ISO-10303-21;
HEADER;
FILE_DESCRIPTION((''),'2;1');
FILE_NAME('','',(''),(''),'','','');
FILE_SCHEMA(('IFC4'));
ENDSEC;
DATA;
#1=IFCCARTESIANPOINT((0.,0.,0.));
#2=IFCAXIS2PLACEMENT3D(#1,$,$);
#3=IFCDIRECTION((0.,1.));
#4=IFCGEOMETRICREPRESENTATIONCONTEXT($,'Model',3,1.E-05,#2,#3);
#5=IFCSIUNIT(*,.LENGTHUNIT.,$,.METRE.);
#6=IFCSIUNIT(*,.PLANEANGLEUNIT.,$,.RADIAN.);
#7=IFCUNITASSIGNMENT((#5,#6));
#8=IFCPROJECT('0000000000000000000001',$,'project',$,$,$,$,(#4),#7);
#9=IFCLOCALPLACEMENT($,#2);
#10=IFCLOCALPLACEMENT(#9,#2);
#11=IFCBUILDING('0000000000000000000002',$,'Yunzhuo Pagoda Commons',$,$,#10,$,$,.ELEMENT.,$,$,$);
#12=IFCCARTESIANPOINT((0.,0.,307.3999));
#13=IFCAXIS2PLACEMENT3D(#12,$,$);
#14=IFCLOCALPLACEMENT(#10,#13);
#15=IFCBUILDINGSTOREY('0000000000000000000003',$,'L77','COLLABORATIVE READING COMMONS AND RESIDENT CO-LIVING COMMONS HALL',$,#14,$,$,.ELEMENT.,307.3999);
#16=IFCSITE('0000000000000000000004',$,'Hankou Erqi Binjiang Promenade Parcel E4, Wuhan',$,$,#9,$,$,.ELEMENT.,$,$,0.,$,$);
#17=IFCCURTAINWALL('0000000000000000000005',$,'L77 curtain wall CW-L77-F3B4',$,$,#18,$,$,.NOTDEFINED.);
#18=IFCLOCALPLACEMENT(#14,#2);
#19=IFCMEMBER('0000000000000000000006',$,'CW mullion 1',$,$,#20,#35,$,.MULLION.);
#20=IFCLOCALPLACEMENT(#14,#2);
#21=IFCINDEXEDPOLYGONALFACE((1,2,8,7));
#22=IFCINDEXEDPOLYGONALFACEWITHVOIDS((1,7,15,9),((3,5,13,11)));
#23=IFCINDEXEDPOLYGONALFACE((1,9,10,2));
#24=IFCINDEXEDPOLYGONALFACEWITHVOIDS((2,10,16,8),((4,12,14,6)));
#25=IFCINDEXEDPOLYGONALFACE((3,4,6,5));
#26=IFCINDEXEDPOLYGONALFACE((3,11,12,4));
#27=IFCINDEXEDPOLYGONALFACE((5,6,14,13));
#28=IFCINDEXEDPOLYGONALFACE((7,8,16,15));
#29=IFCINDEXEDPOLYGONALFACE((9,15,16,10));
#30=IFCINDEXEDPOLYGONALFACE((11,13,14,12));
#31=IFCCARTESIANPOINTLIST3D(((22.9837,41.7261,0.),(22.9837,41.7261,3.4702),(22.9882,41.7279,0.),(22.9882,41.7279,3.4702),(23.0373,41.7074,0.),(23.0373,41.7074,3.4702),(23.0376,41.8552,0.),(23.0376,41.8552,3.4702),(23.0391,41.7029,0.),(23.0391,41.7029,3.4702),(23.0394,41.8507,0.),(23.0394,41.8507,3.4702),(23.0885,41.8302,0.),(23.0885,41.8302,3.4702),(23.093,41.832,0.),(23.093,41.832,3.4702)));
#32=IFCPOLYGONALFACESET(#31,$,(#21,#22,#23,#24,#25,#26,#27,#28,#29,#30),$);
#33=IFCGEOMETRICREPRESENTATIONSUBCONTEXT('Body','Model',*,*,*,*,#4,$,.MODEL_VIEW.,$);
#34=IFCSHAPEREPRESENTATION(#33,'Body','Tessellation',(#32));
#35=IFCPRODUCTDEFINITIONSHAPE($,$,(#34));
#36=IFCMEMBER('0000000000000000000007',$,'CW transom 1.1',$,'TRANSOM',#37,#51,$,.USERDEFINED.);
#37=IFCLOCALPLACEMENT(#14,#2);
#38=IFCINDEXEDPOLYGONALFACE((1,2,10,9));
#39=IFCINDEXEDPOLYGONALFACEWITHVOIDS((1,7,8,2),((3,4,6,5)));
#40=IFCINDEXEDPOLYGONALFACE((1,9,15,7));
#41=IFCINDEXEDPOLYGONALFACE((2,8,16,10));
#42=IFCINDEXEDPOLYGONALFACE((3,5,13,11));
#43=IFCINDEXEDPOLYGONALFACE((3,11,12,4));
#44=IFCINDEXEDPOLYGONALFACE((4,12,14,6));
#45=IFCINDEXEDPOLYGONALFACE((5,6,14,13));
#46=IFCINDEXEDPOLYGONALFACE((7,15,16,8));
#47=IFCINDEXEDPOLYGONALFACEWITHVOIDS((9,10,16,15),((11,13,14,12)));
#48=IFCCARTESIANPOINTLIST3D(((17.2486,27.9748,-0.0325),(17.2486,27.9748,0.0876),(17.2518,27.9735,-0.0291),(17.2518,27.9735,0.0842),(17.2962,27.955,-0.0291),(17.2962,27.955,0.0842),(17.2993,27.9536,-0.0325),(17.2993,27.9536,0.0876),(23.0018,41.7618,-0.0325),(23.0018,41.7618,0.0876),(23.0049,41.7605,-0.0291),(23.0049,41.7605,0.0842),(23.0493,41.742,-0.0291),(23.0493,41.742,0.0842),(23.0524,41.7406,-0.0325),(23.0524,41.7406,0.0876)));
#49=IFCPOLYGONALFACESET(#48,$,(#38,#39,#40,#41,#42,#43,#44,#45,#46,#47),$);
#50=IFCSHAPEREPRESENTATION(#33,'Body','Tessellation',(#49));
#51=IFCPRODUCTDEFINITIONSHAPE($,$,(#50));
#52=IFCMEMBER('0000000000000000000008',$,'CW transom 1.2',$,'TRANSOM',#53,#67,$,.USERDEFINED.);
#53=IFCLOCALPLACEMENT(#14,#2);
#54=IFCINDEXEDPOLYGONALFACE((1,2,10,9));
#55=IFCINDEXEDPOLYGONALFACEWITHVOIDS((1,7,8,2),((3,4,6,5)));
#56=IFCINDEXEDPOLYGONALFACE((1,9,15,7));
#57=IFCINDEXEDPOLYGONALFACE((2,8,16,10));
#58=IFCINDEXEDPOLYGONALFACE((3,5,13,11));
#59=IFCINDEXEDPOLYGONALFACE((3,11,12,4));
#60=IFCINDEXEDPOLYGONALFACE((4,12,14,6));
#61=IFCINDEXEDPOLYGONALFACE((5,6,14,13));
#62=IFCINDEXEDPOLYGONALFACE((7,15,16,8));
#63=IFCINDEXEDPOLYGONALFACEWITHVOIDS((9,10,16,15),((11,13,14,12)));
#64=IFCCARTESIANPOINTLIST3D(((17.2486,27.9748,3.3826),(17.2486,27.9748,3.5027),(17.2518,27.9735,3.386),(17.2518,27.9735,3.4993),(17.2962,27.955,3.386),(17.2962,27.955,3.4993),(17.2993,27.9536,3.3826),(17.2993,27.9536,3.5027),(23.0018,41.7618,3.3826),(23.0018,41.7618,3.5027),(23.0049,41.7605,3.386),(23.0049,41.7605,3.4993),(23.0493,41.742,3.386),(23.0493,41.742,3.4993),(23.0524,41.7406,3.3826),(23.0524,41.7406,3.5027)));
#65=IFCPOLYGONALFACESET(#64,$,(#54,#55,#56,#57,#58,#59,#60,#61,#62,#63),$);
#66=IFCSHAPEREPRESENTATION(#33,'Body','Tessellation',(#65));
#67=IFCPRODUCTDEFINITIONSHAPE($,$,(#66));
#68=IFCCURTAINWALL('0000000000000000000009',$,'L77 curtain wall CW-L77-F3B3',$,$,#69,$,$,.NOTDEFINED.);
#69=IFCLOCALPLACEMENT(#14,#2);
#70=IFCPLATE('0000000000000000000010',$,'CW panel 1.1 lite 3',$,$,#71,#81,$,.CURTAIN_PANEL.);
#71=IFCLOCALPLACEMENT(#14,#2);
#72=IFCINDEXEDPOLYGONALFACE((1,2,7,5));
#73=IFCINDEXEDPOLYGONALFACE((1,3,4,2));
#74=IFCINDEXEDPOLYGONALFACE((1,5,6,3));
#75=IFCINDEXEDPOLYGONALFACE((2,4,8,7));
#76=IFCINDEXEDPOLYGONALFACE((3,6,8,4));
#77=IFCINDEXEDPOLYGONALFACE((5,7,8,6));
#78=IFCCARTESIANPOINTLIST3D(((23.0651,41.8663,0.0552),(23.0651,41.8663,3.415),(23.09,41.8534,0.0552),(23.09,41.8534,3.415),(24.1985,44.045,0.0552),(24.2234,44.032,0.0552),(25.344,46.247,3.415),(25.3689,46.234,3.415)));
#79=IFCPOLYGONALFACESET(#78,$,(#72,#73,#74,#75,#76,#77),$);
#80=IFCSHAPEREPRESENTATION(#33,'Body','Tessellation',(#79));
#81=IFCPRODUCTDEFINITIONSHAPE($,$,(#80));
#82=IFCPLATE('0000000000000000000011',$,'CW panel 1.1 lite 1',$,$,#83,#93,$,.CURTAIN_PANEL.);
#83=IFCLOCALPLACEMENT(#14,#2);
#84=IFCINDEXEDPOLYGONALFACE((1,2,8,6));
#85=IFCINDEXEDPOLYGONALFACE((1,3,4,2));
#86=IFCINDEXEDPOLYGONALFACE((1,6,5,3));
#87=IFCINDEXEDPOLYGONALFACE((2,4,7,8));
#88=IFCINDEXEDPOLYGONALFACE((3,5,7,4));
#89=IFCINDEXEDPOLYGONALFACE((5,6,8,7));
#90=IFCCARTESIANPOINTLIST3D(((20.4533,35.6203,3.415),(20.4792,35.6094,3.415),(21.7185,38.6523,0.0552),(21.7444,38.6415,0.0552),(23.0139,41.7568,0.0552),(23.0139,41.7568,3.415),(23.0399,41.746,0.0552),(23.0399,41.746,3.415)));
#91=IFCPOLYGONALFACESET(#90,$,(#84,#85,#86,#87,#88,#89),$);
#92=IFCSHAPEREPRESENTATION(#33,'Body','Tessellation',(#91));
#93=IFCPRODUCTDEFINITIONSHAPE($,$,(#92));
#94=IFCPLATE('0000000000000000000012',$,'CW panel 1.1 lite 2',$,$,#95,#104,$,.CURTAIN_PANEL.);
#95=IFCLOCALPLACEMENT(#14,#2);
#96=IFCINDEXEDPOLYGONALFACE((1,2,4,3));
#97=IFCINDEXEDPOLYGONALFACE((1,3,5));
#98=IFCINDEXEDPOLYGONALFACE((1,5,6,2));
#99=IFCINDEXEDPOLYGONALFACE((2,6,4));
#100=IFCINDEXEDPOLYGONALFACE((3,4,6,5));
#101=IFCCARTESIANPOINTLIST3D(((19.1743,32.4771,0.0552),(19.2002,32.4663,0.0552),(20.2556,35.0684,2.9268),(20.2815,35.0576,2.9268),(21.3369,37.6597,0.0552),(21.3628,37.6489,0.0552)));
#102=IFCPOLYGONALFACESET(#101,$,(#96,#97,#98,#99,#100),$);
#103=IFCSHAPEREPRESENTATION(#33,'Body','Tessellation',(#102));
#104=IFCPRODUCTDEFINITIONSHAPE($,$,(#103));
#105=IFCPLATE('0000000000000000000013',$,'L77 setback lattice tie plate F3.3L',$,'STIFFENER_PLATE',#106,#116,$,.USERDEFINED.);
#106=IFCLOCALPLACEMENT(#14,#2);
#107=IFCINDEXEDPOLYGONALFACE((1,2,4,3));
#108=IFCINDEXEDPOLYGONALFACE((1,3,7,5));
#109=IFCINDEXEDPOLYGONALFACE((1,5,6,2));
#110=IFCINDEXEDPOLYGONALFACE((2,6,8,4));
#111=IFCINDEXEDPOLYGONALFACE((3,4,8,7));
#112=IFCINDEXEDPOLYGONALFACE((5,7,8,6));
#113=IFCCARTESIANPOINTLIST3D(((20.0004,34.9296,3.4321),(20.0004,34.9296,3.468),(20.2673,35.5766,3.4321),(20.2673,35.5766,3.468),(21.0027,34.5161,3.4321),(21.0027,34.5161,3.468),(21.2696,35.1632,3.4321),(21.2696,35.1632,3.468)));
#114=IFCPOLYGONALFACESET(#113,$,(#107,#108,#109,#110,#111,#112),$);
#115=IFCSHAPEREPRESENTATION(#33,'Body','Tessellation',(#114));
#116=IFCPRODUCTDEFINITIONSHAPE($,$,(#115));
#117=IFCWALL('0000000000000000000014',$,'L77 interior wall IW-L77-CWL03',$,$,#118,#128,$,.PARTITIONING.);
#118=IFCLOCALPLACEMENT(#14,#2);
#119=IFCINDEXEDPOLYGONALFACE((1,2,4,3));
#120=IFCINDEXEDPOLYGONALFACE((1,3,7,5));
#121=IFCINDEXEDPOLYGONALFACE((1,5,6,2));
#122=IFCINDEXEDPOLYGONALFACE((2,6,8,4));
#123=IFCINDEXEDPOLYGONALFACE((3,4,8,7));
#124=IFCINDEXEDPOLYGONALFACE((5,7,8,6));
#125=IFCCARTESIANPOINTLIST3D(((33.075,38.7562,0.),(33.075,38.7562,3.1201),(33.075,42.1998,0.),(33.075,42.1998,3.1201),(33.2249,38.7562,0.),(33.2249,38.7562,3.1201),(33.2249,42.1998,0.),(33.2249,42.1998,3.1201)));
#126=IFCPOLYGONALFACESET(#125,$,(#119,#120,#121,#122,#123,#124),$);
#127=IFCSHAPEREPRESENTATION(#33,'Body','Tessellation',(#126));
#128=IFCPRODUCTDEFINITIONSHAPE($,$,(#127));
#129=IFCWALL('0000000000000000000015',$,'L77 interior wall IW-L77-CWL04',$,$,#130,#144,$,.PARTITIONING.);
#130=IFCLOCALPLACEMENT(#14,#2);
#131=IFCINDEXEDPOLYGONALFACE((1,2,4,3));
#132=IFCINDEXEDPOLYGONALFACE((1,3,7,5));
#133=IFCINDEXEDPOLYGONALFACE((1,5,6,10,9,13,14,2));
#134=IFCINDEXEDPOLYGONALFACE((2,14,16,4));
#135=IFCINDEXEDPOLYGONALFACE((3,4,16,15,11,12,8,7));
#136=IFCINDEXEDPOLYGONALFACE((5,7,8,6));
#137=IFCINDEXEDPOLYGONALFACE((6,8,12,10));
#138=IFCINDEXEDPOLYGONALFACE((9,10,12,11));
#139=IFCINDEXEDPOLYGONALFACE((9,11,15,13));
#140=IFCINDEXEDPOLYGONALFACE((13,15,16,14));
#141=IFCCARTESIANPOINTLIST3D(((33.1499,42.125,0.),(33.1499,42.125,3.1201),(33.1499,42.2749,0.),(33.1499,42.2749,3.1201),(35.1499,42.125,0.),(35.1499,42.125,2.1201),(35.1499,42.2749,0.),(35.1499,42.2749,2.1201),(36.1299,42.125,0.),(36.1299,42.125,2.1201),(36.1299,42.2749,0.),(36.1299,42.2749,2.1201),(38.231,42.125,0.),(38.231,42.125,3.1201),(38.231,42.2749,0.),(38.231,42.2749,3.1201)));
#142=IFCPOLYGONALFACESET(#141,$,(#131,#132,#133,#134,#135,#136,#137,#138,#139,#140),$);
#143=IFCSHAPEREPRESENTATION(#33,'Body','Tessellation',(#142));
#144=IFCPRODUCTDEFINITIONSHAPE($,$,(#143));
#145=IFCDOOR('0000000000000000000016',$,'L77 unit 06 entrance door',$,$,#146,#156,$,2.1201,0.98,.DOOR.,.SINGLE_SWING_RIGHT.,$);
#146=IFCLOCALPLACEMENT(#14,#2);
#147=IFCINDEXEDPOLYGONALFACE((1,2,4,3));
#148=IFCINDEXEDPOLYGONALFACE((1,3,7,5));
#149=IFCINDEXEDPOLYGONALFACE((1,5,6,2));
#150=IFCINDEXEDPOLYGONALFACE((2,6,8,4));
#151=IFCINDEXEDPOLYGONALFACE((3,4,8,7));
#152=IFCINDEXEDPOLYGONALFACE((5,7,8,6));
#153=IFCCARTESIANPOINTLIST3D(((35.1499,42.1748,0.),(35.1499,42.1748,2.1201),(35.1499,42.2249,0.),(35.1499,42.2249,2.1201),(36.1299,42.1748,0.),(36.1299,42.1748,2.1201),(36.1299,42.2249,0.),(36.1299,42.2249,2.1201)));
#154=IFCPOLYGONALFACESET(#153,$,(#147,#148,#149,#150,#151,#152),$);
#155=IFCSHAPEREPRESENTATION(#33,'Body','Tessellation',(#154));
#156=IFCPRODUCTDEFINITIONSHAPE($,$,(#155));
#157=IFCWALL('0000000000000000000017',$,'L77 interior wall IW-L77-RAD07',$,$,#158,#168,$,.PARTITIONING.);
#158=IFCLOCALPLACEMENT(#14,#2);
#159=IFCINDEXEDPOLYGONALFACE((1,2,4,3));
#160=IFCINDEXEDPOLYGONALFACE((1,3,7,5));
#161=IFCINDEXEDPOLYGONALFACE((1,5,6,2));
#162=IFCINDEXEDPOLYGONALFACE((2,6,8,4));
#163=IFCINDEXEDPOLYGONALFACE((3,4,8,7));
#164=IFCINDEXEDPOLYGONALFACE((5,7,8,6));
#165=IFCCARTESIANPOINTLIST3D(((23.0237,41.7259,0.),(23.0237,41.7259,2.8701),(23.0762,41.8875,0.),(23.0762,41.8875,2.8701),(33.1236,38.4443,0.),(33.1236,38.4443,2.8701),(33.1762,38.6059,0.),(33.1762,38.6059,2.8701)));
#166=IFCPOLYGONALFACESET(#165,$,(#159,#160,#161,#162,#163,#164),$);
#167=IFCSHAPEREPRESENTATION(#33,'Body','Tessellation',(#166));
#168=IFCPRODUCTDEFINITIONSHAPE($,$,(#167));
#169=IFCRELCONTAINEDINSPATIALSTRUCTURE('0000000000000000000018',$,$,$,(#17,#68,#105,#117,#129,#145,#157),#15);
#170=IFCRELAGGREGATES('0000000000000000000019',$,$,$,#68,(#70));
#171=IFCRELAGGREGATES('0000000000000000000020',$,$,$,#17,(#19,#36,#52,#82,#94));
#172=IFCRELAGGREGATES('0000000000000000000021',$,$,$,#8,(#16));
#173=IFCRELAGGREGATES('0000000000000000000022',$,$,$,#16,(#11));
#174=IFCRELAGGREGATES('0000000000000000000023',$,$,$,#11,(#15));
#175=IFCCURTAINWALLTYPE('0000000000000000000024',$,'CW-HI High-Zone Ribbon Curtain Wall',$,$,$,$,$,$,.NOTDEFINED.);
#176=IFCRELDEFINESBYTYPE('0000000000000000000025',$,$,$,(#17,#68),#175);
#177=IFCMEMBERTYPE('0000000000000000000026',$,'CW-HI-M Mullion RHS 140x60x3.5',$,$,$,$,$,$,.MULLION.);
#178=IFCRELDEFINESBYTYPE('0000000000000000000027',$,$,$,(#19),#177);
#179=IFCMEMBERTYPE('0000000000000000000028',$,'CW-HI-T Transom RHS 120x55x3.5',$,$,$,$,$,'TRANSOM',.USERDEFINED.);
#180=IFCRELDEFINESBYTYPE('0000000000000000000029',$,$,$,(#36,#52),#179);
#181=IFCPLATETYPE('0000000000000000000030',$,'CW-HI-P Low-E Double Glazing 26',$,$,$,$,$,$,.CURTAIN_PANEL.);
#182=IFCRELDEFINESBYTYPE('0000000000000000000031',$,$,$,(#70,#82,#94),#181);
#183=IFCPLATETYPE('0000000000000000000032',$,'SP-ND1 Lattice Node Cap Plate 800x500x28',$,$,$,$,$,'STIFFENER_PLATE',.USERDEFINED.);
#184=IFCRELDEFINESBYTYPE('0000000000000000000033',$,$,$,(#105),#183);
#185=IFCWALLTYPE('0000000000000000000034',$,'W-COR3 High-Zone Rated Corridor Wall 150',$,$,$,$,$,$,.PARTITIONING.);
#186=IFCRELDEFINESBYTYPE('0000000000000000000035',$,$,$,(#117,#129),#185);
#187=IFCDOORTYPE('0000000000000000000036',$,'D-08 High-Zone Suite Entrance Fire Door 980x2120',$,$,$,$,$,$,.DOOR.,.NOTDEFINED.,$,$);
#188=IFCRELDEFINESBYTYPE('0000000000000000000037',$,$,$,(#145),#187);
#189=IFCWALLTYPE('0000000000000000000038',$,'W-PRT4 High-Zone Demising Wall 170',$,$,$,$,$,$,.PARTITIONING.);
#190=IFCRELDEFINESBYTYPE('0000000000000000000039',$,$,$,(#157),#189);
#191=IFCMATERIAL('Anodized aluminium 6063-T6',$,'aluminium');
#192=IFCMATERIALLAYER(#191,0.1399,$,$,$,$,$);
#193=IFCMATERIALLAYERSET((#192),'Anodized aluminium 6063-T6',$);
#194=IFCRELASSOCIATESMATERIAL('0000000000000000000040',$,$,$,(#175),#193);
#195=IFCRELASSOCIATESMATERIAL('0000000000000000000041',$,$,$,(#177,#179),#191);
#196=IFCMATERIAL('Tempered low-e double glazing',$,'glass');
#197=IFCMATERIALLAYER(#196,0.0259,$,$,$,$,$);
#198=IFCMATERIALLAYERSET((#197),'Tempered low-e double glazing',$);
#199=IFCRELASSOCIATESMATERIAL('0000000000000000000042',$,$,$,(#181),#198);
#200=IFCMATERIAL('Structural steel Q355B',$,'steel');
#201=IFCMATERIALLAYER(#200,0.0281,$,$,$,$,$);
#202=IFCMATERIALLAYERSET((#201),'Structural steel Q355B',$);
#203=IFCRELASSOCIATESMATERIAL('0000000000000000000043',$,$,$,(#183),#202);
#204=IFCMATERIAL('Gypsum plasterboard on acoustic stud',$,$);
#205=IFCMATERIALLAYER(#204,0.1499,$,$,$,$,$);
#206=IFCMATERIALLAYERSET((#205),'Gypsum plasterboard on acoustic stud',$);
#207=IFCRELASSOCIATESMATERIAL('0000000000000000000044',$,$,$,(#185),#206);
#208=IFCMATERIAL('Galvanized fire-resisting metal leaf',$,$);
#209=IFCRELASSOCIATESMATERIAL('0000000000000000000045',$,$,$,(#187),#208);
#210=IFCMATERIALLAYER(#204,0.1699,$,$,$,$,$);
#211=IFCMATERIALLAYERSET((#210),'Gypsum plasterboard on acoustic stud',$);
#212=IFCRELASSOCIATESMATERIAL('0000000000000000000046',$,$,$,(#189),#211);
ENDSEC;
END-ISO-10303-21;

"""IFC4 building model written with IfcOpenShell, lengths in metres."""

from ifc_helpers import new_model, si_unit, direction, frame, frame_2d, origin, origin_with_axes, origin_2d, place, context, subcontext, project, spatial, polyline, rectangle, hollow_rectangle, outline, extrude, source, transform, mapped, material, layer, layer_set, material_profile, profile_set, type_object, element, fill, aggregate, save


model = new_model("IFC4")

# Units and contexts
model_context = context("Model", 3, precision=1e-05, world=origin(), true_north=direction((0.0, 1.0)))
body_context = subcontext(model_context, "Body", "Model", "MODEL_VIEW")
ifc_project = project(units=[si_unit("LENGTHUNIT", "METRE"), si_unit("PLANEANGLEUNIT", "RADIAN")], contexts=[model_context])

# Site, building, storey
site_placement = place(None, origin())
site = spatial("IfcSite", under=ifc_project, at=site_placement, Name="Hankou Erqi Binjiang Promenade Parcel E4, Wuhan", CompositionType="ELEMENT", RefElevation=0.0)
building_placement = place(site_placement, origin())
building = spatial("IfcBuilding", under=site, at=building_placement, Name="Yunzhuo Pagoda Commons", CompositionType="ELEMENT")
storey_placement = place(building_placement, frame((0.0, 0.0, 307.3999)))
storey = spatial("IfcBuildingStorey", under=building, at=storey_placement, Name="L77", Description="COLLABORATIVE READING COMMONS AND RESIDENT CO-LIVING COMMONS HALL", CompositionType="ELEMENT", Elevation=307.3999)

# Shared definitions
ifc_material_1 = material(Name="Structural steel Q355B", Category="steel")

# Curtain wall, members
ifc_material_2 = material(Name="Anodized aluminium 6063-T6", Category="aluminium")
ifc_layer_1 = layer(ifc_material_2, 0.1399)
ifc_layer_set_1 = layer_set([ifc_layer_1], Name="Anodized aluminium 6063-T6")
curtain_wall_type = type_object("IfcCurtainWallType", Name="CW-HI High-Zone Ribbon Curtain Wall", PredefinedType="NOTDEFINED", material=ifc_layer_set_1)
curtain_wall_1_placement = place(storey_placement, origin())
curtain_wall_1 = element("IfcCurtainWall", 1, at=curtain_wall_1_placement, inside=storey, type_object=curtain_wall_type, Name="L77 curtain wall CW-L77-F3B4", PredefinedType="NOTDEFINED")
ifc_material_profile_1 = material_profile(ifc_material_2, hollow_rectangle(XDim=0.0601, YDim=0.1399, WallThickness=0.0034, at=origin_2d()), Name="Anodized aluminium 6063-T6")
ifc_profile_set_1 = profile_set([ifc_material_profile_1], Name="Anodized aluminium 6063-T6")
member_type_1 = type_object("IfcMemberType", Name="CW-HI-M Mullion RHS 140x60x3.5", PredefinedType="MULLION", material=ifc_profile_set_1)
shared_shape_1 = source(origin(), body_context, "Body", "SweptSolid", [
    extrude(hollow_rectangle(XDim=0.0601, YDim=0.1399, WallThickness=0.0034, at=origin_2d()), origin(), (0.0, 0.0, 1.0), 3.4702),
])
member_1_placement = place(storey_placement, frame((23.0383, 41.7791, 0.0), z_axis=(0.0, 0.0, 1.0), x_axis=(0.922876, -0.385097, 0.0)))
member_1 = element("IfcMember", 2, at=member_1_placement, type_object=member_type_1, Name="CW mullion 1", PredefinedType="MULLION", context=body_context, shape_type="MappedRepresentation", body=[
    mapped(shared_shape_1, transform((0.0, 0.0, 0.0), scale=1.0)),
])
ifc_material_profile_2 = material_profile(ifc_material_2, hollow_rectangle(XDim=0.0549, YDim=0.1201, WallThickness=0.0034, at=origin_2d()), Name="Anodized aluminium 6063-T6")
ifc_profile_set_2 = profile_set([ifc_material_profile_2], Name="Anodized aluminium 6063-T6")
member_type_2 = type_object("IfcMemberType", Name="CW-HI-T Transom RHS 120x55x3.5", ElementType="TRANSOM", PredefinedType="USERDEFINED", material=ifc_profile_set_2)
shared_shape_2 = source(origin(), body_context, "Body", "SweptSolid", [
    extrude(hollow_rectangle(XDim=0.0549, YDim=0.1201, WallThickness=0.0034, at=origin_2d()), origin(), (0.0, 0.0, 1.0), 14.9392),
])
member_2_placement = place(storey_placement, frame((23.0271, 41.7512, 0.0276), z_axis=(-0.385103, -0.922874, 0.0), x_axis=(0.922874, -0.385103, 0.0)))
member_2 = element("IfcMember", 3, at=member_2_placement, type_object=member_type_2, Name="CW transom 1.1", ObjectType="TRANSOM", PredefinedType="USERDEFINED", context=body_context, shape_type="MappedRepresentation", body=[
    mapped(shared_shape_2, transform((0.0, 0.0, 0.0), scale=1.0)),
])
member_3_placement = place(storey_placement, frame((23.0271, 41.7512, 3.4426), z_axis=(-0.385103, -0.922874, 0.0), x_axis=(0.922874, -0.385103, 0.0)))
member_3 = element("IfcMember", 4, at=member_3_placement, type_object=member_type_2, Name="CW transom 1.2", ObjectType="TRANSOM", PredefinedType="USERDEFINED", context=body_context, shape_type="MappedRepresentation", body=[
    mapped(shared_shape_2, transform((0.0, 0.0, 0.0), scale=1.0)),
])

# Curtain wall, plate
curtain_wall_2_placement = place(storey_placement, origin())
curtain_wall_2 = element("IfcCurtainWall", 5, at=curtain_wall_2_placement, inside=storey, type_object=curtain_wall_type, Name="L77 curtain wall CW-L77-F3B3", PredefinedType="NOTDEFINED")
ifc_material_3 = material(Name="Tempered low-e double glazing", Category="glass")
ifc_layer_2 = layer(ifc_material_3, 0.0259)
ifc_layer_set_2 = layer_set([ifc_layer_2], Name="Tempered low-e double glazing")
plate_type_1 = type_object("IfcPlateType", Name="CW-HI-P Low-E Double Glazing 26", PredefinedType="CURTAIN_PANEL", material=ifc_layer_set_2)
plate_1_placement = place(storey_placement, frame((24.2295, 44.0437, 1.7351), z_axis=(-0.887137, 0.461505, 0.0), x_axis=(-0.461505, -0.887137, 0.0)))
plate_1 = element("IfcPlate", 6, at=plate_1_placement, type_object=plate_type_1, Name="CW panel 1.1 lite 3", PredefinedType="CURTAIN_PANEL", context=body_context, shape_type="SweptSolid", body=[
    extrude(outline(polyline([(-2.469, 1.6799), (0.0132, -1.6799), (2.469, -1.6799), (2.469, 1.6799), (-2.469, 1.6799)])), origin(), (0.0, 0.0, 1.0), 0.0281),
])
aggregate(curtain_wall_2, [plate_1])

# Plates
plate_2_placement = place(storey_placement, frame((21.7595, 38.6777, 1.7351), z_axis=(-0.922876, 0.385097, 0.0), x_axis=(-0.385097, -0.922876, 0.0)))
plate_2 = element("IfcPlate", 7, at=plate_2_placement, type_object=plate_type_1, Name="CW panel 1.1 lite 1", PredefinedType="CURTAIN_PANEL", context=body_context, shape_type="SweptSolid", body=[
    extrude(outline(polyline([(-3.3247, -1.6799), (0.0393, -1.6799), (3.3247, 1.6799), (-3.3247, 1.6799), (-3.3247, -1.6799)])), origin(), (0.0, 0.0, 1.0), 0.0281),
])
plate_3_placement = place(storey_placement, frame((20.2815, 35.0576, 1.491), z_axis=(-0.922876, 0.385097, 0.0), x_axis=(-0.385097, -0.922876, 0.0)))
plate_3 = element("IfcPlate", 8, at=plate_3_placement, type_object=plate_type_1, Name="CW panel 1.1 lite 2", PredefinedType="CURTAIN_PANEL", context=body_context, shape_type="SweptSolid", body=[
    extrude(outline(polyline([(-2.8079, -1.4358), (2.8079, -1.4358), (0.0, 1.4358), (-2.8079, -1.4358)])), origin(), (0.0, 0.0, 1.0), 0.0281),
])
aggregate(curtain_wall_1, [member_1, member_2, member_3, plate_2, plate_3])
ifc_layer_3 = layer(ifc_material_1, 0.0281)
ifc_layer_set_3 = layer_set([ifc_layer_3], Name="Structural steel Q355B")
plate_type_2 = type_object("IfcPlateType", Name="SP-ND1 Lattice Node Cap Plate 800x500x28", ElementType="STIFFENER_PLATE", PredefinedType="USERDEFINED", material=ifc_layer_set_3)
shared_shape_3 = source(origin(), body_context, "Body", "SweptSolid", [
    extrude(rectangle(XDim=0.7, YDim=1.0842, at=origin_2d()), origin(), (0.0, 0.0, 1.0), 0.0359),
])
plate_4_placement = place(storey_placement, frame((20.635, 35.0464, 3.4321), z_axis=(0.0, 0.0, 1.0), x_axis=(-0.381345, -0.924433, 0.0)))
element("IfcPlate", 9, at=plate_4_placement, inside=storey, type_object=plate_type_2, Name="L77 setback lattice tie plate F3.3L", ObjectType="STIFFENER_PLATE", PredefinedType="USERDEFINED", context=body_context, shape_type="MappedRepresentation", body=[
    mapped(shared_shape_3, transform((0.0, 0.0, 0.0), scale=1.0)),
])

# Wall
ifc_material_4 = material(Name="Gypsum plasterboard on acoustic stud")
ifc_layer_4 = layer(ifc_material_4, 0.1499)
ifc_layer_set_4 = layer_set([ifc_layer_4], Name="Gypsum plasterboard on acoustic stud")
wall_type_1 = type_object("IfcWallType", Name="W-COR3 High-Zone Rated Corridor Wall 150", PredefinedType="PARTITIONING", material=ifc_layer_set_4)
wall_1_placement = place(storey_placement, frame((33.1499, 38.7563, 0.0), z_axis=(0.0, 0.0, 1.0), x_axis=(0.0, 1.0, 0.0)))
element("IfcWall", 10, at=wall_1_placement, inside=storey, type_object=wall_type_1, Name="L77 interior wall IW-L77-CWL03", PredefinedType="PARTITIONING", context=body_context, shape_type="SweptSolid", body=[
    extrude(rectangle(XDim=3.4436, YDim=0.1499, at=frame_2d((1.7217, 0.0))), origin(), (0.0, 0.0, 1.0), 3.1201),
])

# Wall, opening, door
wall_2_placement = place(storey_placement, frame((33.1499, 42.2, 0.0), z_axis=(0.0, 0.0, 1.0), x_axis=(1.0, 0.0, 0.0)))
wall_2 = element("IfcWall", 11, at=wall_2_placement, inside=storey, type_object=wall_type_1, Name="L77 interior wall IW-L77-CWL04", PredefinedType="PARTITIONING", context=body_context, shape_type="SweptSolid", body=[
    extrude(rectangle(XDim=5.0811, YDim=0.1499, at=frame_2d((2.5405, 0.0))), origin(), (0.0, 0.0, 1.0), 3.1201),
])
opening_placement = place(wall_2_placement, frame((2.0, 0.0, 0.0)))
opening = element("IfcOpeningElement", 12, at=opening_placement, cuts=wall_2, PredefinedType="OPENING", context=body_context, shape_type="SweptSolid", body=[
    extrude(rectangle(XDim=0.98, YDim=2.1201, at=frame_2d((0.49, 1.0601))), frame((0.0, 0.085, 0.0), z_axis=(0.0, -1.0, 0.0), x_axis=(1.0, 0.0, 0.0)), (0.0, 0.0, 1.0), 0.1699),
])
ifc_material_5 = material(Name="Galvanized fire-resisting metal leaf")
door_type = type_object("IfcDoorType", Name="D-08 High-Zone Suite Entrance Fire Door 980x2120", OperationType="NOTDEFINED", PredefinedType="DOOR", material=ifc_material_5)
shared_shape_4 = source(origin(), body_context, "Body", "SweptSolid", [
    extrude(rectangle(XDim=0.98, YDim=2.1201, at=frame_2d((0.49, 1.0601))), frame((0.0, 0.0249, 0.0), z_axis=(0.0, -1.0, 0.0), x_axis=(1.0, 0.0, 0.0)), (0.0, 0.0, 1.0), 0.05),
])
door_placement = place(opening_placement, origin_with_axes())
door = element("IfcDoor", 13, at=door_placement, inside=storey, type_object=door_type, Name="L77 unit 06 entrance door", OperationType="SINGLE_SWING_RIGHT", OverallHeight=2.1201, OverallWidth=0.98, PredefinedType="DOOR", context=body_context, shape_type="MappedRepresentation", body=[
    mapped(shared_shape_4, transform((0.0, 0.0, 0.0), scale=1.0)),
])
fill(opening, door)

# Wall
ifc_layer_5 = layer(ifc_material_4, 0.1699)
ifc_layer_set_5 = layer_set([ifc_layer_5], Name="Gypsum plasterboard on acoustic stud")
wall_type_2 = type_object("IfcWallType", Name="W-PRT4 High-Zone Demising Wall 170", PredefinedType="PARTITIONING", material=ifc_layer_set_5)
wall_3_placement = place(storey_placement, frame((33.1499, 38.5251, 0.0), z_axis=(0.0, 0.0, 1.0), x_axis=(-0.951061, 0.309004, 0.0)))
element("IfcWall", 14, at=wall_3_placement, inside=storey, type_object=wall_type_2, Name="L77 interior wall IW-L77-RAD07", PredefinedType="PARTITIONING", context=body_context, shape_type="SweptSolid", body=[
    extrude(rectangle(XDim=10.6196, YDim=0.1699, at=frame_2d((5.3098, 0.0))), origin(), (0.0, 0.0, 1.0), 2.8701),
])

save(model, "model.ifc")
